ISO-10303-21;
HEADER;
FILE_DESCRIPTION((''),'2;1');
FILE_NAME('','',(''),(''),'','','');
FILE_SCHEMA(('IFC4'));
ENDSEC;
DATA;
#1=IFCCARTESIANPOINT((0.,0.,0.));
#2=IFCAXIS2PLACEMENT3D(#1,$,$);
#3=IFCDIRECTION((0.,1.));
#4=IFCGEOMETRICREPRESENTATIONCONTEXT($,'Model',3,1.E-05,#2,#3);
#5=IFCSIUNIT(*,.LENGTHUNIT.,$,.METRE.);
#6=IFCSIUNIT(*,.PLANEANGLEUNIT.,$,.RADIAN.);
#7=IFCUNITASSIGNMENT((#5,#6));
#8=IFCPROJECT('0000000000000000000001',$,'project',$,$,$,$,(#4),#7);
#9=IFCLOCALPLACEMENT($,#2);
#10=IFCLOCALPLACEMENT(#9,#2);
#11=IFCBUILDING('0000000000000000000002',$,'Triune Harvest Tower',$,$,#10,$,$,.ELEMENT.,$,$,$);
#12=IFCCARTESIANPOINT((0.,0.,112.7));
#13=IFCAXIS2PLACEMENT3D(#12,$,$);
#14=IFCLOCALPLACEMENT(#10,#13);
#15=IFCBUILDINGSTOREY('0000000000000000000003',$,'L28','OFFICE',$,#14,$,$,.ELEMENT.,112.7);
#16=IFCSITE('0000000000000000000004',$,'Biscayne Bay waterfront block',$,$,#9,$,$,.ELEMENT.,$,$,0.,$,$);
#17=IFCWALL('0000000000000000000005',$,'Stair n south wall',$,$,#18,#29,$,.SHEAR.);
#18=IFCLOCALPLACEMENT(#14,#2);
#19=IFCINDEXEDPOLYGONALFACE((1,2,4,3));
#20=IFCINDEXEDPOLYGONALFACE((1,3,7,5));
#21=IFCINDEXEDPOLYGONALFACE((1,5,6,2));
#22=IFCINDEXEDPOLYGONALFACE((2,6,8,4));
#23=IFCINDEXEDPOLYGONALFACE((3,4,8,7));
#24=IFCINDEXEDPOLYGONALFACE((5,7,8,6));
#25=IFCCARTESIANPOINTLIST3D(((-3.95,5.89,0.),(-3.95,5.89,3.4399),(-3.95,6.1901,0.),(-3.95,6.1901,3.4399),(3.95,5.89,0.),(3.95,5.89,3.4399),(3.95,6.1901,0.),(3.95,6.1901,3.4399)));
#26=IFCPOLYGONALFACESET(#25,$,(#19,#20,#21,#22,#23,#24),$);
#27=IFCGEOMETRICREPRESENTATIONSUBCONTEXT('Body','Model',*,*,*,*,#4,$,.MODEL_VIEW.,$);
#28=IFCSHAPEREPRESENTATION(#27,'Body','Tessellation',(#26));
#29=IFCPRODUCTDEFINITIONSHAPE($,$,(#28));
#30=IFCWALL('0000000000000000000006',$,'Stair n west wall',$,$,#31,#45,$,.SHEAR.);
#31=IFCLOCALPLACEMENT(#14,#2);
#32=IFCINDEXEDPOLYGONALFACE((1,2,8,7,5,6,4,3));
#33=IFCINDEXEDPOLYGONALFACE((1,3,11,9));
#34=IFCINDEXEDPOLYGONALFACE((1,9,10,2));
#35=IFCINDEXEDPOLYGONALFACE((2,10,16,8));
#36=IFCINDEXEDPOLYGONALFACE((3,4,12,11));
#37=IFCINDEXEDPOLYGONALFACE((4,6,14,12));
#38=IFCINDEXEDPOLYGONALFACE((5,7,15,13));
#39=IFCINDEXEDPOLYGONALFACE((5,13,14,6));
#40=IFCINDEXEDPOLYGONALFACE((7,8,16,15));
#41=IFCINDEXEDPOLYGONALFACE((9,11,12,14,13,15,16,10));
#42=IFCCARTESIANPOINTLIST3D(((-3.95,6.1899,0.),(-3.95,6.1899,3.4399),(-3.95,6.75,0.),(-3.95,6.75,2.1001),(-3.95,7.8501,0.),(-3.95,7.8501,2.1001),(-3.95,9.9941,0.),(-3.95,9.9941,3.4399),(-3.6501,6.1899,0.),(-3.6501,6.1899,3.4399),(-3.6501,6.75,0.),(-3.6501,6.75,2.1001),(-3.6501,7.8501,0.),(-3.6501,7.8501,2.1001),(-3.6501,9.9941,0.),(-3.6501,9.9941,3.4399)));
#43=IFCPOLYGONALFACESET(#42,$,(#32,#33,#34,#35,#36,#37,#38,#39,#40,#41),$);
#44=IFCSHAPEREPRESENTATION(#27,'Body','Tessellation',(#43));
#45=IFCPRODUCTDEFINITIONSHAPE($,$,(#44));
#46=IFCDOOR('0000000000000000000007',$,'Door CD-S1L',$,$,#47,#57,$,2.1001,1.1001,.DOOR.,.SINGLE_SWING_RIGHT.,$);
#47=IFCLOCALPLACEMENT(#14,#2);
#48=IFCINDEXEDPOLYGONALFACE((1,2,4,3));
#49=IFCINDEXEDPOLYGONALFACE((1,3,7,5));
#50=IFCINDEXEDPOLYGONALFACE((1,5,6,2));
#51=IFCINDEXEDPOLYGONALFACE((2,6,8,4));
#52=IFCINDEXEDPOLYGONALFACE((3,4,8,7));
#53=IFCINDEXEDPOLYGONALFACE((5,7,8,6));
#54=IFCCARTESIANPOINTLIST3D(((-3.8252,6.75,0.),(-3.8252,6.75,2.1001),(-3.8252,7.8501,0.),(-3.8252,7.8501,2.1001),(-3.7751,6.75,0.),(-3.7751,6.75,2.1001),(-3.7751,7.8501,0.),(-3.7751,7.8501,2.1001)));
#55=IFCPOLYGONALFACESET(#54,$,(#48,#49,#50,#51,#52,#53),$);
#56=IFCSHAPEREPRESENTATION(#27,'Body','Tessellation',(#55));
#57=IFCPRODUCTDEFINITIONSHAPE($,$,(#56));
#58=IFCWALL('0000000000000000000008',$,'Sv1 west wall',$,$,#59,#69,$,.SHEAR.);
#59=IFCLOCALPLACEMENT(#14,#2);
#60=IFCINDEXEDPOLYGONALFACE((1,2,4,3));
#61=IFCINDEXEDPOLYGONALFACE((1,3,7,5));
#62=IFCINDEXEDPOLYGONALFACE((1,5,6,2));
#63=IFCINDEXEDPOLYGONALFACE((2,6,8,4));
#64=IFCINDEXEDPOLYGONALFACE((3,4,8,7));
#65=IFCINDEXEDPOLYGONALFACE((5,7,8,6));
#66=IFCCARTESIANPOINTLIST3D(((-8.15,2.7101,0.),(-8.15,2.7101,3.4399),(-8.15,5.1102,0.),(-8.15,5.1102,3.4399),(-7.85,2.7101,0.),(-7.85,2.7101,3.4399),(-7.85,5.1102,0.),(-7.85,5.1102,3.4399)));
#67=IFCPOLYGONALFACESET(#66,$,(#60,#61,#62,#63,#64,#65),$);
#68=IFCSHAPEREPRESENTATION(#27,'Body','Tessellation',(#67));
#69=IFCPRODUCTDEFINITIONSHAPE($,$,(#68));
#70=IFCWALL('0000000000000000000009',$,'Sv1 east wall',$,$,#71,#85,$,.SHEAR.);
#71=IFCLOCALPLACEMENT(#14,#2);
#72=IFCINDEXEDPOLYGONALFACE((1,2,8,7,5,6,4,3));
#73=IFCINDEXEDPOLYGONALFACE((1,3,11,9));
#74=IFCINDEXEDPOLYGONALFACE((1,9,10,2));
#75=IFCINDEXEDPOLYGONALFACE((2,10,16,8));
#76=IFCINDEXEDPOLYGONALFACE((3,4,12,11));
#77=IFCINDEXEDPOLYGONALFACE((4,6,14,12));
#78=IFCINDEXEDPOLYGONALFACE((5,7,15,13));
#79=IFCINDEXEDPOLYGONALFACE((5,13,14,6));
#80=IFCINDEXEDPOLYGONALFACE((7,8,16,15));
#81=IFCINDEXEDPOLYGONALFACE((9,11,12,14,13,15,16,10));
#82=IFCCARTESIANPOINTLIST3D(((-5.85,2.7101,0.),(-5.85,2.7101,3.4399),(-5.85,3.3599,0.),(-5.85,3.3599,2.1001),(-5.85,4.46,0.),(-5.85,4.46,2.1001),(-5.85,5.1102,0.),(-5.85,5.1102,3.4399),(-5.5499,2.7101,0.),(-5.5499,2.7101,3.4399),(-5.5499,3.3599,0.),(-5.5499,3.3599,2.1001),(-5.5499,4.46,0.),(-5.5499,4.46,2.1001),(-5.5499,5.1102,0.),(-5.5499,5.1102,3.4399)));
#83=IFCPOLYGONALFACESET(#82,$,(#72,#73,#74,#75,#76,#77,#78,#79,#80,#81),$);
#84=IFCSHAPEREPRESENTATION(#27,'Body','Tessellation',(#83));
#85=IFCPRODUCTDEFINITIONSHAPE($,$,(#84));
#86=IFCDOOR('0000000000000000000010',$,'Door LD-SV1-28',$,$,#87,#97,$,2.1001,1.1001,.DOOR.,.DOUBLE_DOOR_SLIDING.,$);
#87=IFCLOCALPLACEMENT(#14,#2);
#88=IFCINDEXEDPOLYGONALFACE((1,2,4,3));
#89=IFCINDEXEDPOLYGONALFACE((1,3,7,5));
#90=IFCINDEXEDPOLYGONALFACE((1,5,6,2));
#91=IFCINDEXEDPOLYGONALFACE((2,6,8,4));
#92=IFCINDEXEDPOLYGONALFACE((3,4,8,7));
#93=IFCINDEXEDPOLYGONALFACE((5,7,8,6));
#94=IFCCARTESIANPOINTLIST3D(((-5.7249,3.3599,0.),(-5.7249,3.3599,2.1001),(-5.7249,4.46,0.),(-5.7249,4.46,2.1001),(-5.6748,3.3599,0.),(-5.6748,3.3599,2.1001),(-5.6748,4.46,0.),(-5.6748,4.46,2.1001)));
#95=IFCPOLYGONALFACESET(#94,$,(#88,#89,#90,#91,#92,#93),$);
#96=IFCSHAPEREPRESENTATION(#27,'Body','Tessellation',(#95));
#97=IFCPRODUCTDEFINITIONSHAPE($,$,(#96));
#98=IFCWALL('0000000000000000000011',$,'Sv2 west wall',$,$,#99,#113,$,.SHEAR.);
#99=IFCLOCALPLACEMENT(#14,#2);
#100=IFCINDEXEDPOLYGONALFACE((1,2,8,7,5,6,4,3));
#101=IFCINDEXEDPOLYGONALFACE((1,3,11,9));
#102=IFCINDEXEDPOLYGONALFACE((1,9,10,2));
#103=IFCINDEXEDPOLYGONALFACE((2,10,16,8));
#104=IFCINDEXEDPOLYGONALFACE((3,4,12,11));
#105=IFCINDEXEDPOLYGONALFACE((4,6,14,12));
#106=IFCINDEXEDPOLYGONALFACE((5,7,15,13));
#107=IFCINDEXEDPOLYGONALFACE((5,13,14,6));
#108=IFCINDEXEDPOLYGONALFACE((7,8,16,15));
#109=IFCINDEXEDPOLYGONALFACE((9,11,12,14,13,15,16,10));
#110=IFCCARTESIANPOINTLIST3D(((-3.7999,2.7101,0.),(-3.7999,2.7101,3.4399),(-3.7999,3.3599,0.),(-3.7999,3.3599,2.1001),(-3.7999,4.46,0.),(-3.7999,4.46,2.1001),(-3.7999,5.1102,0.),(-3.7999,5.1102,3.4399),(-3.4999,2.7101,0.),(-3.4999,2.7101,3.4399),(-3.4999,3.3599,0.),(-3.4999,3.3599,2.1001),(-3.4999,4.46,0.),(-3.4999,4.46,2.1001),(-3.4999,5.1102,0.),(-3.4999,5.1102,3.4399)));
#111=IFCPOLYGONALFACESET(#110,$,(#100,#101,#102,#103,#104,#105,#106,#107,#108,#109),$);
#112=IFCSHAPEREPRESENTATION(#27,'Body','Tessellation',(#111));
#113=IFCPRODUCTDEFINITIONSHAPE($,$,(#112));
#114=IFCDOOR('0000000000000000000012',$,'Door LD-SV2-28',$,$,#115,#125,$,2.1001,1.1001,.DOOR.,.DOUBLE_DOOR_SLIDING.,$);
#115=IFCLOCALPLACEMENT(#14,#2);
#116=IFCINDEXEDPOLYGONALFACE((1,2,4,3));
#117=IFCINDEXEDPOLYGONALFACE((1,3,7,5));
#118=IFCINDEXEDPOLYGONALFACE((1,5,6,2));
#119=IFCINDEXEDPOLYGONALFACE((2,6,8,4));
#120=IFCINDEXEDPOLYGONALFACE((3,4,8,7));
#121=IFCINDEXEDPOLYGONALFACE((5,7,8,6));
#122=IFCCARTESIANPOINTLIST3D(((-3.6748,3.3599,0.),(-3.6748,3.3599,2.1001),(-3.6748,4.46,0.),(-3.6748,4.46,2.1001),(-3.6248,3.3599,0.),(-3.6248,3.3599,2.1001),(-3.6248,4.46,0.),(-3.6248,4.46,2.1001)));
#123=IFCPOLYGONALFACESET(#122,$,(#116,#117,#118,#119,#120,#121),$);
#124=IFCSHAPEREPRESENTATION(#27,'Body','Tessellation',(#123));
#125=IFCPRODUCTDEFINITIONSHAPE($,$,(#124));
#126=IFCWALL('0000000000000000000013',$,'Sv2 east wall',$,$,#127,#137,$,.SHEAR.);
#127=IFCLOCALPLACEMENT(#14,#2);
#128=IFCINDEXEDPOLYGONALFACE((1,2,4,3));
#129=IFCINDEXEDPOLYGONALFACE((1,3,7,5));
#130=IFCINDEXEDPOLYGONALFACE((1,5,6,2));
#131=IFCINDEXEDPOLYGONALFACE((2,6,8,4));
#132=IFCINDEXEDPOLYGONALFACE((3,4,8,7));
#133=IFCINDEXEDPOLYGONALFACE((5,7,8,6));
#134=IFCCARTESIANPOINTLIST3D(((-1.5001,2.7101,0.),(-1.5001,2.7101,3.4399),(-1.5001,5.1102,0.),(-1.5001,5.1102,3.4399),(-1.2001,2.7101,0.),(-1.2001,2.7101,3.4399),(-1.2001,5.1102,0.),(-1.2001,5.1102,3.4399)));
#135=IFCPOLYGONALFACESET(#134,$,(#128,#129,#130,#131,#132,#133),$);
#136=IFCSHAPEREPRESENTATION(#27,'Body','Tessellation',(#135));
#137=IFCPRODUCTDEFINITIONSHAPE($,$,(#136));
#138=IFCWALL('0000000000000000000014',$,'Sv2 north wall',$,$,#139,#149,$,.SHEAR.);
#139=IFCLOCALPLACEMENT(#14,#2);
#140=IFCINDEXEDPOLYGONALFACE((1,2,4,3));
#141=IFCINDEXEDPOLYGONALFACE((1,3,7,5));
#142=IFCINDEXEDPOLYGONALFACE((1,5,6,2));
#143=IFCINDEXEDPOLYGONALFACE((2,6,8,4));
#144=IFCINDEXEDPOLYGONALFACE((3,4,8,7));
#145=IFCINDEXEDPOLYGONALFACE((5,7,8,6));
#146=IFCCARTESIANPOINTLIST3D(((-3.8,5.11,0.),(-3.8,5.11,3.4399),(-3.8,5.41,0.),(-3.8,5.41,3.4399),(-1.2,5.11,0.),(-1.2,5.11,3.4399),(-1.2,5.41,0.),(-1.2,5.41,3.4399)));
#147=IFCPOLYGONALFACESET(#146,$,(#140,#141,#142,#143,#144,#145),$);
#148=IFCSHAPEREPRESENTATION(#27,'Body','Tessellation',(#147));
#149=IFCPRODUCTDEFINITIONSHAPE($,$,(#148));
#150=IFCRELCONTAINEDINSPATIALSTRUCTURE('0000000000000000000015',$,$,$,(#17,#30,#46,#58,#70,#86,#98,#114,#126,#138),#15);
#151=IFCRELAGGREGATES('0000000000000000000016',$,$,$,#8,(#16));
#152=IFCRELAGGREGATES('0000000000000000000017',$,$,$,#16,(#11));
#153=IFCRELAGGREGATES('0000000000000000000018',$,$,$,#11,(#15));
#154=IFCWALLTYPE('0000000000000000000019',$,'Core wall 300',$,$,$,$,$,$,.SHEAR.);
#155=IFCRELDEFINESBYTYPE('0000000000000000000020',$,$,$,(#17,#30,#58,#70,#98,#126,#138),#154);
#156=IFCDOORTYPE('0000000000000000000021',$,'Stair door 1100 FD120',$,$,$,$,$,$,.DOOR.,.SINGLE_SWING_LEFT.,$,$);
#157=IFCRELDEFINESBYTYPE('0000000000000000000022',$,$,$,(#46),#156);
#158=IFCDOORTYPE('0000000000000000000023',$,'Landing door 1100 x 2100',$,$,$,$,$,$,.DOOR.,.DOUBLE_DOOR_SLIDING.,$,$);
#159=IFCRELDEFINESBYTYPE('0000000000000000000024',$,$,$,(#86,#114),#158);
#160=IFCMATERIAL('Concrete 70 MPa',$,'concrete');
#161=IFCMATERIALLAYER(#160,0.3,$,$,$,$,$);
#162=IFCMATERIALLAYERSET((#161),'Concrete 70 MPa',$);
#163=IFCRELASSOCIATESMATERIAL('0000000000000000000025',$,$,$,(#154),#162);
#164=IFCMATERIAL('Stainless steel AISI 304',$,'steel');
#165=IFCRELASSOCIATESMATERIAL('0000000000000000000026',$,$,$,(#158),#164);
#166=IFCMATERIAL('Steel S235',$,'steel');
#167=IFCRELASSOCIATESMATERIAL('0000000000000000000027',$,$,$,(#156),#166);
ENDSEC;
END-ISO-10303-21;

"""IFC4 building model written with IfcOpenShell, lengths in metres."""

from ifc_helpers import new_model, si_unit, direction, frame, frame_2d, origin, place, context, subcontext, project, spatial, polyline, rectangle, outline, extrude, source, transform, mapped, material, layer, layer_set, type_object, element, fill, save


model = new_model("IFC4")

# Units and contexts
model_context = context("Model", 3, precision=1e-05, world=origin(), true_north=direction((0.0, 1.0)))
body_context = subcontext(model_context, "Body", "Model", "MODEL_VIEW")
ifc_project = project(units=[si_unit("LENGTHUNIT", "METRE"), si_unit("PLANEANGLEUNIT", "RADIAN")], contexts=[model_context])

# Site, building, storey
site_placement = place(None, origin())
site = spatial("IfcSite", under=ifc_project, at=site_placement, Name="Biscayne Bay waterfront block", CompositionType="ELEMENT", RefElevation=0.0)
building_placement = place(site_placement, origin())
building = spatial("IfcBuilding", under=site, at=building_placement, Name="Triune Harvest Tower", CompositionType="ELEMENT")
storey_placement = place(building_placement, frame((0.0, 0.0, 112.7)))
storey = spatial("IfcBuildingStorey", under=building, at=storey_placement, Name="L28", Description="OFFICE", CompositionType="ELEMENT", Elevation=112.7)

# Shared definitions
ifc_material_1 = material(Name="Concrete 70 MPa", Category="concrete")
ifc_layer_1 = layer(ifc_material_1, 0.3)
ifc_layer_set_1 = layer_set([ifc_layer_1], Name="Concrete 70 MPa")
wall_type_1 = type_object("IfcWallType", Name="Core wall 300", PredefinedType="SHEAR", material=ifc_layer_set_1)
ifc_material_2 = material(Name="Stainless steel AISI 304", Category="steel")
door_type_1 = type_object("IfcDoorType", Name="Landing door 1100 x 2100", OperationType="DOUBLE_DOOR_SLIDING", PredefinedType="DOOR", material=ifc_material_2)

# Wall
shared_shape_1 = source(origin(), body_context, "Body", "SweptSolid", [
    extrude(rectangle(XDim=7.8999, YDim=0.3, at=frame_2d((3.95, 0.0))), origin(), (0.0, 0.0, 1.0), 3.4399),
])
wall_1_placement = place(storey_placement, frame((-3.95, 6.04, 0.0), z_axis=(0.0, 0.0, 1.0), x_axis=(1.0, 0.0, 0.0)))
element("IfcWall", 1, at=wall_1_placement, inside=storey, type_object=wall_type_1, Name="Stair n south wall", PredefinedType="SHEAR", context=body_context, shape_type="MappedRepresentation", body=[
    mapped(shared_shape_1, transform((0.0, 0.0, 0.0), scale=1.0)),
])

# Wall, opening, door
shared_shape_2 = source(origin(), body_context, "Body", "SweptSolid", [
    extrude(outline(polyline([(0.0, -0.1499), (0.0, 0.1499), (3.8042, 0.1499), (3.8042, -0.1499), (0.0, -0.1499)])), origin(), (0.0, 0.0, 1.0), 3.4399),
])
wall_2_placement = place(storey_placement, frame((-3.8, 6.1899, 0.0), z_axis=(0.0, 0.0, 1.0), x_axis=(0.0, 1.0, 0.0)))
wall_2 = element("IfcWall", 2, at=wall_2_placement, inside=storey, type_object=wall_type_1, Name="Stair n west wall", PredefinedType="SHEAR", context=body_context, shape_type="MappedRepresentation", body=[
    mapped(shared_shape_2, transform((0.0, 0.0, 0.0), scale=1.0)),
])
opening_1_placement = place(wall_2_placement, frame((0.5601, 0.0, 0.0)))
opening_1 = element("IfcOpeningElement", 3, at=opening_1_placement, cuts=wall_2, PredefinedType="OPENING", context=body_context, shape_type="SweptSolid", body=[
    extrude(rectangle(XDim=1.1001, YDim=2.1001, at=frame_2d((0.55, 1.05))), frame((0.0, 0.1602, 0.0), z_axis=(0.0, -1.0, 0.0), x_axis=(1.0, 0.0, 0.0)), (0.0, 0.0, 1.0), 0.3201),
])
ifc_material_3 = material(Name="Steel S235", Category="steel")
door_type_2 = type_object("IfcDoorType", Name="Stair door 1100 FD120", OperationType="SINGLE_SWING_LEFT", PredefinedType="DOOR", material=ifc_material_3)
door_1_placement = place(opening_1_placement, frame((1.1001, 0.0, 0.0), z_axis=(0.0, 0.0, 1.0), x_axis=(-1.0, 0.0, 0.0)))
door_1 = element("IfcDoor", 4, at=door_1_placement, inside=storey, type_object=door_type_2, Name="Door CD-S1L", OperationType="SINGLE_SWING_RIGHT", OverallHeight=2.1001, OverallWidth=1.1001, PredefinedType="DOOR", context=body_context, shape_type="SweptSolid", body=[
    extrude(rectangle(XDim=1.1001, YDim=2.1001, at=frame_2d((0.55, 1.05))), frame((0.0, 0.0249, 0.0), z_axis=(0.0, -1.0, 0.0), x_axis=(1.0, 0.0, 0.0)), (0.0, 0.0, 1.0), 0.05),
])
fill(opening_1, door_1)

# Wall
shared_shape_3 = source(origin(), body_context, "Body", "SweptSolid", [
    extrude(rectangle(XDim=2.4001, YDim=0.3, at=frame_2d((1.2002, 0.0))), origin(), (0.0, 0.0, 1.0), 3.4399),
])
wall_3_placement = place(storey_placement, frame((-8.0, 2.71, 0.0), z_axis=(0.0, 0.0, 1.0), x_axis=(0.0, 1.0, 0.0)))
element("IfcWall", 5, at=wall_3_placement, inside=storey, type_object=wall_type_1, Name="Sv1 west wall", PredefinedType="SHEAR", context=body_context, shape_type="MappedRepresentation", body=[
    mapped(shared_shape_3, transform((0.0, 0.0, 0.0), scale=1.0)),
])

# Walls, openings, doors
wall_4_placement = place(storey_placement, frame((-5.7, 2.71, 0.0), z_axis=(0.0, 0.0, 1.0), x_axis=(0.0, 1.0, 0.0)))
wall_4 = element("IfcWall", 6, at=wall_4_placement, inside=storey, type_object=wall_type_1, Name="Sv1 east wall", PredefinedType="SHEAR", context=body_context, shape_type="MappedRepresentation", body=[
    mapped(shared_shape_3, transform((0.0, 0.0, 0.0), scale=1.0)),
])
opening_2_placement = place(wall_4_placement, frame((0.6499, 0.0, 0.0)))
opening_2 = element("IfcOpeningElement", 7, at=opening_2_placement, cuts=wall_4, PredefinedType="OPENING", context=body_context, shape_type="SweptSolid", body=[
    extrude(rectangle(XDim=1.1001, YDim=2.1001, at=frame_2d((0.55, 1.05))), frame((0.0, 0.1602, 0.0), z_axis=(0.0, -1.0, 0.0), x_axis=(1.0, 0.0, 0.0)), (0.0, 0.0, 1.0), 0.3201),
])
door_2_placement = place(opening_2_placement, origin())
door_2 = element("IfcDoor", 8, at=door_2_placement, inside=storey, type_object=door_type_1, Name="Door LD-SV1-28", OperationType="DOUBLE_DOOR_SLIDING", OverallHeight=2.1001, OverallWidth=1.1001, PredefinedType="DOOR", context=body_context, shape_type="SweptSolid", body=[
    extrude(rectangle(XDim=1.1001, YDim=2.1001, at=frame_2d((0.55, 1.05))), frame((0.0, 0.0249, 0.0), z_axis=(0.0, -1.0, 0.0), x_axis=(1.0, 0.0, 0.0)), (0.0, 0.0, 1.0), 0.05),
])
fill(opening_2, door_2)
wall_5_placement = place(storey_placement, frame((-3.6499, 2.71, 0.0), z_axis=(0.0, 0.0, 1.0), x_axis=(0.0, 1.0, 0.0)))
wall_5 = element("IfcWall", 9, at=wall_5_placement, inside=storey, type_object=wall_type_1, Name="Sv2 west wall", PredefinedType="SHEAR", context=body_context, shape_type="MappedRepresentation", body=[
    mapped(shared_shape_3, transform((0.0, 0.0, 0.0), scale=1.0)),
])
opening_3_placement = place(wall_5_placement, frame((0.6499, 0.0, 0.0)))
opening_3 = element("IfcOpeningElement", 10, at=opening_3_placement, cuts=wall_5, PredefinedType="OPENING", context=body_context, shape_type="SweptSolid", body=[
    extrude(rectangle(XDim=1.1001, YDim=2.1001, at=frame_2d((0.55, 1.05))), frame((0.0, 0.1602, 0.0), z_axis=(0.0, -1.0, 0.0), x_axis=(1.0, 0.0, 0.0)), (0.0, 0.0, 1.0), 0.3201),
])
door_3_placement = place(opening_3_placement, origin())
door_3 = element("IfcDoor", 11, at=door_3_placement, inside=storey, type_object=door_type_1, Name="Door LD-SV2-28", OperationType="DOUBLE_DOOR_SLIDING", OverallHeight=2.1001, OverallWidth=1.1001, PredefinedType="DOOR", context=body_context, shape_type="SweptSolid", body=[
    extrude(rectangle(XDim=1.1001, YDim=2.1001, at=frame_2d((0.55, 1.05))), frame((0.0, 0.0249, 0.0), z_axis=(0.0, -1.0, 0.0), x_axis=(1.0, 0.0, 0.0)), (0.0, 0.0, 1.0), 0.05),
])
fill(opening_3, door_3)

# Walls
wall_6_placement = place(storey_placement, frame((-1.3501, 2.71, 0.0), z_axis=(0.0, 0.0, 1.0), x_axis=(0.0, 1.0, 0.0)))
element("IfcWall", 12, at=wall_6_placement, inside=storey, type_object=wall_type_1, Name="Sv2 east wall", PredefinedType="SHEAR", context=body_context, shape_type="MappedRepresentation", body=[
    mapped(shared_shape_3, transform((0.0, 0.0, 0.0), scale=1.0)),
])
shared_shape_4 = source(origin(), body_context, "Body", "SweptSolid", [
    extrude(rectangle(XDim=2.6001, YDim=0.3, at=frame_2d((1.3, 0.0))), origin(), (0.0, 0.0, 1.0), 3.4399),
])
wall_7_placement = place(storey_placement, frame((-3.8, 5.26, 0.0), z_axis=(0.0, 0.0, 1.0), x_axis=(1.0, 0.0, 0.0)))
element("IfcWall", 13, at=wall_7_placement, inside=storey, type_object=wall_type_1, Name="Sv2 north wall", PredefinedType="SHEAR", context=body_context, shape_type="MappedRepresentation", body=[
    mapped(shared_shape_4, transform((0.0, 0.0, 0.0), scale=1.0)),
])

save(model, "model.ifc")
